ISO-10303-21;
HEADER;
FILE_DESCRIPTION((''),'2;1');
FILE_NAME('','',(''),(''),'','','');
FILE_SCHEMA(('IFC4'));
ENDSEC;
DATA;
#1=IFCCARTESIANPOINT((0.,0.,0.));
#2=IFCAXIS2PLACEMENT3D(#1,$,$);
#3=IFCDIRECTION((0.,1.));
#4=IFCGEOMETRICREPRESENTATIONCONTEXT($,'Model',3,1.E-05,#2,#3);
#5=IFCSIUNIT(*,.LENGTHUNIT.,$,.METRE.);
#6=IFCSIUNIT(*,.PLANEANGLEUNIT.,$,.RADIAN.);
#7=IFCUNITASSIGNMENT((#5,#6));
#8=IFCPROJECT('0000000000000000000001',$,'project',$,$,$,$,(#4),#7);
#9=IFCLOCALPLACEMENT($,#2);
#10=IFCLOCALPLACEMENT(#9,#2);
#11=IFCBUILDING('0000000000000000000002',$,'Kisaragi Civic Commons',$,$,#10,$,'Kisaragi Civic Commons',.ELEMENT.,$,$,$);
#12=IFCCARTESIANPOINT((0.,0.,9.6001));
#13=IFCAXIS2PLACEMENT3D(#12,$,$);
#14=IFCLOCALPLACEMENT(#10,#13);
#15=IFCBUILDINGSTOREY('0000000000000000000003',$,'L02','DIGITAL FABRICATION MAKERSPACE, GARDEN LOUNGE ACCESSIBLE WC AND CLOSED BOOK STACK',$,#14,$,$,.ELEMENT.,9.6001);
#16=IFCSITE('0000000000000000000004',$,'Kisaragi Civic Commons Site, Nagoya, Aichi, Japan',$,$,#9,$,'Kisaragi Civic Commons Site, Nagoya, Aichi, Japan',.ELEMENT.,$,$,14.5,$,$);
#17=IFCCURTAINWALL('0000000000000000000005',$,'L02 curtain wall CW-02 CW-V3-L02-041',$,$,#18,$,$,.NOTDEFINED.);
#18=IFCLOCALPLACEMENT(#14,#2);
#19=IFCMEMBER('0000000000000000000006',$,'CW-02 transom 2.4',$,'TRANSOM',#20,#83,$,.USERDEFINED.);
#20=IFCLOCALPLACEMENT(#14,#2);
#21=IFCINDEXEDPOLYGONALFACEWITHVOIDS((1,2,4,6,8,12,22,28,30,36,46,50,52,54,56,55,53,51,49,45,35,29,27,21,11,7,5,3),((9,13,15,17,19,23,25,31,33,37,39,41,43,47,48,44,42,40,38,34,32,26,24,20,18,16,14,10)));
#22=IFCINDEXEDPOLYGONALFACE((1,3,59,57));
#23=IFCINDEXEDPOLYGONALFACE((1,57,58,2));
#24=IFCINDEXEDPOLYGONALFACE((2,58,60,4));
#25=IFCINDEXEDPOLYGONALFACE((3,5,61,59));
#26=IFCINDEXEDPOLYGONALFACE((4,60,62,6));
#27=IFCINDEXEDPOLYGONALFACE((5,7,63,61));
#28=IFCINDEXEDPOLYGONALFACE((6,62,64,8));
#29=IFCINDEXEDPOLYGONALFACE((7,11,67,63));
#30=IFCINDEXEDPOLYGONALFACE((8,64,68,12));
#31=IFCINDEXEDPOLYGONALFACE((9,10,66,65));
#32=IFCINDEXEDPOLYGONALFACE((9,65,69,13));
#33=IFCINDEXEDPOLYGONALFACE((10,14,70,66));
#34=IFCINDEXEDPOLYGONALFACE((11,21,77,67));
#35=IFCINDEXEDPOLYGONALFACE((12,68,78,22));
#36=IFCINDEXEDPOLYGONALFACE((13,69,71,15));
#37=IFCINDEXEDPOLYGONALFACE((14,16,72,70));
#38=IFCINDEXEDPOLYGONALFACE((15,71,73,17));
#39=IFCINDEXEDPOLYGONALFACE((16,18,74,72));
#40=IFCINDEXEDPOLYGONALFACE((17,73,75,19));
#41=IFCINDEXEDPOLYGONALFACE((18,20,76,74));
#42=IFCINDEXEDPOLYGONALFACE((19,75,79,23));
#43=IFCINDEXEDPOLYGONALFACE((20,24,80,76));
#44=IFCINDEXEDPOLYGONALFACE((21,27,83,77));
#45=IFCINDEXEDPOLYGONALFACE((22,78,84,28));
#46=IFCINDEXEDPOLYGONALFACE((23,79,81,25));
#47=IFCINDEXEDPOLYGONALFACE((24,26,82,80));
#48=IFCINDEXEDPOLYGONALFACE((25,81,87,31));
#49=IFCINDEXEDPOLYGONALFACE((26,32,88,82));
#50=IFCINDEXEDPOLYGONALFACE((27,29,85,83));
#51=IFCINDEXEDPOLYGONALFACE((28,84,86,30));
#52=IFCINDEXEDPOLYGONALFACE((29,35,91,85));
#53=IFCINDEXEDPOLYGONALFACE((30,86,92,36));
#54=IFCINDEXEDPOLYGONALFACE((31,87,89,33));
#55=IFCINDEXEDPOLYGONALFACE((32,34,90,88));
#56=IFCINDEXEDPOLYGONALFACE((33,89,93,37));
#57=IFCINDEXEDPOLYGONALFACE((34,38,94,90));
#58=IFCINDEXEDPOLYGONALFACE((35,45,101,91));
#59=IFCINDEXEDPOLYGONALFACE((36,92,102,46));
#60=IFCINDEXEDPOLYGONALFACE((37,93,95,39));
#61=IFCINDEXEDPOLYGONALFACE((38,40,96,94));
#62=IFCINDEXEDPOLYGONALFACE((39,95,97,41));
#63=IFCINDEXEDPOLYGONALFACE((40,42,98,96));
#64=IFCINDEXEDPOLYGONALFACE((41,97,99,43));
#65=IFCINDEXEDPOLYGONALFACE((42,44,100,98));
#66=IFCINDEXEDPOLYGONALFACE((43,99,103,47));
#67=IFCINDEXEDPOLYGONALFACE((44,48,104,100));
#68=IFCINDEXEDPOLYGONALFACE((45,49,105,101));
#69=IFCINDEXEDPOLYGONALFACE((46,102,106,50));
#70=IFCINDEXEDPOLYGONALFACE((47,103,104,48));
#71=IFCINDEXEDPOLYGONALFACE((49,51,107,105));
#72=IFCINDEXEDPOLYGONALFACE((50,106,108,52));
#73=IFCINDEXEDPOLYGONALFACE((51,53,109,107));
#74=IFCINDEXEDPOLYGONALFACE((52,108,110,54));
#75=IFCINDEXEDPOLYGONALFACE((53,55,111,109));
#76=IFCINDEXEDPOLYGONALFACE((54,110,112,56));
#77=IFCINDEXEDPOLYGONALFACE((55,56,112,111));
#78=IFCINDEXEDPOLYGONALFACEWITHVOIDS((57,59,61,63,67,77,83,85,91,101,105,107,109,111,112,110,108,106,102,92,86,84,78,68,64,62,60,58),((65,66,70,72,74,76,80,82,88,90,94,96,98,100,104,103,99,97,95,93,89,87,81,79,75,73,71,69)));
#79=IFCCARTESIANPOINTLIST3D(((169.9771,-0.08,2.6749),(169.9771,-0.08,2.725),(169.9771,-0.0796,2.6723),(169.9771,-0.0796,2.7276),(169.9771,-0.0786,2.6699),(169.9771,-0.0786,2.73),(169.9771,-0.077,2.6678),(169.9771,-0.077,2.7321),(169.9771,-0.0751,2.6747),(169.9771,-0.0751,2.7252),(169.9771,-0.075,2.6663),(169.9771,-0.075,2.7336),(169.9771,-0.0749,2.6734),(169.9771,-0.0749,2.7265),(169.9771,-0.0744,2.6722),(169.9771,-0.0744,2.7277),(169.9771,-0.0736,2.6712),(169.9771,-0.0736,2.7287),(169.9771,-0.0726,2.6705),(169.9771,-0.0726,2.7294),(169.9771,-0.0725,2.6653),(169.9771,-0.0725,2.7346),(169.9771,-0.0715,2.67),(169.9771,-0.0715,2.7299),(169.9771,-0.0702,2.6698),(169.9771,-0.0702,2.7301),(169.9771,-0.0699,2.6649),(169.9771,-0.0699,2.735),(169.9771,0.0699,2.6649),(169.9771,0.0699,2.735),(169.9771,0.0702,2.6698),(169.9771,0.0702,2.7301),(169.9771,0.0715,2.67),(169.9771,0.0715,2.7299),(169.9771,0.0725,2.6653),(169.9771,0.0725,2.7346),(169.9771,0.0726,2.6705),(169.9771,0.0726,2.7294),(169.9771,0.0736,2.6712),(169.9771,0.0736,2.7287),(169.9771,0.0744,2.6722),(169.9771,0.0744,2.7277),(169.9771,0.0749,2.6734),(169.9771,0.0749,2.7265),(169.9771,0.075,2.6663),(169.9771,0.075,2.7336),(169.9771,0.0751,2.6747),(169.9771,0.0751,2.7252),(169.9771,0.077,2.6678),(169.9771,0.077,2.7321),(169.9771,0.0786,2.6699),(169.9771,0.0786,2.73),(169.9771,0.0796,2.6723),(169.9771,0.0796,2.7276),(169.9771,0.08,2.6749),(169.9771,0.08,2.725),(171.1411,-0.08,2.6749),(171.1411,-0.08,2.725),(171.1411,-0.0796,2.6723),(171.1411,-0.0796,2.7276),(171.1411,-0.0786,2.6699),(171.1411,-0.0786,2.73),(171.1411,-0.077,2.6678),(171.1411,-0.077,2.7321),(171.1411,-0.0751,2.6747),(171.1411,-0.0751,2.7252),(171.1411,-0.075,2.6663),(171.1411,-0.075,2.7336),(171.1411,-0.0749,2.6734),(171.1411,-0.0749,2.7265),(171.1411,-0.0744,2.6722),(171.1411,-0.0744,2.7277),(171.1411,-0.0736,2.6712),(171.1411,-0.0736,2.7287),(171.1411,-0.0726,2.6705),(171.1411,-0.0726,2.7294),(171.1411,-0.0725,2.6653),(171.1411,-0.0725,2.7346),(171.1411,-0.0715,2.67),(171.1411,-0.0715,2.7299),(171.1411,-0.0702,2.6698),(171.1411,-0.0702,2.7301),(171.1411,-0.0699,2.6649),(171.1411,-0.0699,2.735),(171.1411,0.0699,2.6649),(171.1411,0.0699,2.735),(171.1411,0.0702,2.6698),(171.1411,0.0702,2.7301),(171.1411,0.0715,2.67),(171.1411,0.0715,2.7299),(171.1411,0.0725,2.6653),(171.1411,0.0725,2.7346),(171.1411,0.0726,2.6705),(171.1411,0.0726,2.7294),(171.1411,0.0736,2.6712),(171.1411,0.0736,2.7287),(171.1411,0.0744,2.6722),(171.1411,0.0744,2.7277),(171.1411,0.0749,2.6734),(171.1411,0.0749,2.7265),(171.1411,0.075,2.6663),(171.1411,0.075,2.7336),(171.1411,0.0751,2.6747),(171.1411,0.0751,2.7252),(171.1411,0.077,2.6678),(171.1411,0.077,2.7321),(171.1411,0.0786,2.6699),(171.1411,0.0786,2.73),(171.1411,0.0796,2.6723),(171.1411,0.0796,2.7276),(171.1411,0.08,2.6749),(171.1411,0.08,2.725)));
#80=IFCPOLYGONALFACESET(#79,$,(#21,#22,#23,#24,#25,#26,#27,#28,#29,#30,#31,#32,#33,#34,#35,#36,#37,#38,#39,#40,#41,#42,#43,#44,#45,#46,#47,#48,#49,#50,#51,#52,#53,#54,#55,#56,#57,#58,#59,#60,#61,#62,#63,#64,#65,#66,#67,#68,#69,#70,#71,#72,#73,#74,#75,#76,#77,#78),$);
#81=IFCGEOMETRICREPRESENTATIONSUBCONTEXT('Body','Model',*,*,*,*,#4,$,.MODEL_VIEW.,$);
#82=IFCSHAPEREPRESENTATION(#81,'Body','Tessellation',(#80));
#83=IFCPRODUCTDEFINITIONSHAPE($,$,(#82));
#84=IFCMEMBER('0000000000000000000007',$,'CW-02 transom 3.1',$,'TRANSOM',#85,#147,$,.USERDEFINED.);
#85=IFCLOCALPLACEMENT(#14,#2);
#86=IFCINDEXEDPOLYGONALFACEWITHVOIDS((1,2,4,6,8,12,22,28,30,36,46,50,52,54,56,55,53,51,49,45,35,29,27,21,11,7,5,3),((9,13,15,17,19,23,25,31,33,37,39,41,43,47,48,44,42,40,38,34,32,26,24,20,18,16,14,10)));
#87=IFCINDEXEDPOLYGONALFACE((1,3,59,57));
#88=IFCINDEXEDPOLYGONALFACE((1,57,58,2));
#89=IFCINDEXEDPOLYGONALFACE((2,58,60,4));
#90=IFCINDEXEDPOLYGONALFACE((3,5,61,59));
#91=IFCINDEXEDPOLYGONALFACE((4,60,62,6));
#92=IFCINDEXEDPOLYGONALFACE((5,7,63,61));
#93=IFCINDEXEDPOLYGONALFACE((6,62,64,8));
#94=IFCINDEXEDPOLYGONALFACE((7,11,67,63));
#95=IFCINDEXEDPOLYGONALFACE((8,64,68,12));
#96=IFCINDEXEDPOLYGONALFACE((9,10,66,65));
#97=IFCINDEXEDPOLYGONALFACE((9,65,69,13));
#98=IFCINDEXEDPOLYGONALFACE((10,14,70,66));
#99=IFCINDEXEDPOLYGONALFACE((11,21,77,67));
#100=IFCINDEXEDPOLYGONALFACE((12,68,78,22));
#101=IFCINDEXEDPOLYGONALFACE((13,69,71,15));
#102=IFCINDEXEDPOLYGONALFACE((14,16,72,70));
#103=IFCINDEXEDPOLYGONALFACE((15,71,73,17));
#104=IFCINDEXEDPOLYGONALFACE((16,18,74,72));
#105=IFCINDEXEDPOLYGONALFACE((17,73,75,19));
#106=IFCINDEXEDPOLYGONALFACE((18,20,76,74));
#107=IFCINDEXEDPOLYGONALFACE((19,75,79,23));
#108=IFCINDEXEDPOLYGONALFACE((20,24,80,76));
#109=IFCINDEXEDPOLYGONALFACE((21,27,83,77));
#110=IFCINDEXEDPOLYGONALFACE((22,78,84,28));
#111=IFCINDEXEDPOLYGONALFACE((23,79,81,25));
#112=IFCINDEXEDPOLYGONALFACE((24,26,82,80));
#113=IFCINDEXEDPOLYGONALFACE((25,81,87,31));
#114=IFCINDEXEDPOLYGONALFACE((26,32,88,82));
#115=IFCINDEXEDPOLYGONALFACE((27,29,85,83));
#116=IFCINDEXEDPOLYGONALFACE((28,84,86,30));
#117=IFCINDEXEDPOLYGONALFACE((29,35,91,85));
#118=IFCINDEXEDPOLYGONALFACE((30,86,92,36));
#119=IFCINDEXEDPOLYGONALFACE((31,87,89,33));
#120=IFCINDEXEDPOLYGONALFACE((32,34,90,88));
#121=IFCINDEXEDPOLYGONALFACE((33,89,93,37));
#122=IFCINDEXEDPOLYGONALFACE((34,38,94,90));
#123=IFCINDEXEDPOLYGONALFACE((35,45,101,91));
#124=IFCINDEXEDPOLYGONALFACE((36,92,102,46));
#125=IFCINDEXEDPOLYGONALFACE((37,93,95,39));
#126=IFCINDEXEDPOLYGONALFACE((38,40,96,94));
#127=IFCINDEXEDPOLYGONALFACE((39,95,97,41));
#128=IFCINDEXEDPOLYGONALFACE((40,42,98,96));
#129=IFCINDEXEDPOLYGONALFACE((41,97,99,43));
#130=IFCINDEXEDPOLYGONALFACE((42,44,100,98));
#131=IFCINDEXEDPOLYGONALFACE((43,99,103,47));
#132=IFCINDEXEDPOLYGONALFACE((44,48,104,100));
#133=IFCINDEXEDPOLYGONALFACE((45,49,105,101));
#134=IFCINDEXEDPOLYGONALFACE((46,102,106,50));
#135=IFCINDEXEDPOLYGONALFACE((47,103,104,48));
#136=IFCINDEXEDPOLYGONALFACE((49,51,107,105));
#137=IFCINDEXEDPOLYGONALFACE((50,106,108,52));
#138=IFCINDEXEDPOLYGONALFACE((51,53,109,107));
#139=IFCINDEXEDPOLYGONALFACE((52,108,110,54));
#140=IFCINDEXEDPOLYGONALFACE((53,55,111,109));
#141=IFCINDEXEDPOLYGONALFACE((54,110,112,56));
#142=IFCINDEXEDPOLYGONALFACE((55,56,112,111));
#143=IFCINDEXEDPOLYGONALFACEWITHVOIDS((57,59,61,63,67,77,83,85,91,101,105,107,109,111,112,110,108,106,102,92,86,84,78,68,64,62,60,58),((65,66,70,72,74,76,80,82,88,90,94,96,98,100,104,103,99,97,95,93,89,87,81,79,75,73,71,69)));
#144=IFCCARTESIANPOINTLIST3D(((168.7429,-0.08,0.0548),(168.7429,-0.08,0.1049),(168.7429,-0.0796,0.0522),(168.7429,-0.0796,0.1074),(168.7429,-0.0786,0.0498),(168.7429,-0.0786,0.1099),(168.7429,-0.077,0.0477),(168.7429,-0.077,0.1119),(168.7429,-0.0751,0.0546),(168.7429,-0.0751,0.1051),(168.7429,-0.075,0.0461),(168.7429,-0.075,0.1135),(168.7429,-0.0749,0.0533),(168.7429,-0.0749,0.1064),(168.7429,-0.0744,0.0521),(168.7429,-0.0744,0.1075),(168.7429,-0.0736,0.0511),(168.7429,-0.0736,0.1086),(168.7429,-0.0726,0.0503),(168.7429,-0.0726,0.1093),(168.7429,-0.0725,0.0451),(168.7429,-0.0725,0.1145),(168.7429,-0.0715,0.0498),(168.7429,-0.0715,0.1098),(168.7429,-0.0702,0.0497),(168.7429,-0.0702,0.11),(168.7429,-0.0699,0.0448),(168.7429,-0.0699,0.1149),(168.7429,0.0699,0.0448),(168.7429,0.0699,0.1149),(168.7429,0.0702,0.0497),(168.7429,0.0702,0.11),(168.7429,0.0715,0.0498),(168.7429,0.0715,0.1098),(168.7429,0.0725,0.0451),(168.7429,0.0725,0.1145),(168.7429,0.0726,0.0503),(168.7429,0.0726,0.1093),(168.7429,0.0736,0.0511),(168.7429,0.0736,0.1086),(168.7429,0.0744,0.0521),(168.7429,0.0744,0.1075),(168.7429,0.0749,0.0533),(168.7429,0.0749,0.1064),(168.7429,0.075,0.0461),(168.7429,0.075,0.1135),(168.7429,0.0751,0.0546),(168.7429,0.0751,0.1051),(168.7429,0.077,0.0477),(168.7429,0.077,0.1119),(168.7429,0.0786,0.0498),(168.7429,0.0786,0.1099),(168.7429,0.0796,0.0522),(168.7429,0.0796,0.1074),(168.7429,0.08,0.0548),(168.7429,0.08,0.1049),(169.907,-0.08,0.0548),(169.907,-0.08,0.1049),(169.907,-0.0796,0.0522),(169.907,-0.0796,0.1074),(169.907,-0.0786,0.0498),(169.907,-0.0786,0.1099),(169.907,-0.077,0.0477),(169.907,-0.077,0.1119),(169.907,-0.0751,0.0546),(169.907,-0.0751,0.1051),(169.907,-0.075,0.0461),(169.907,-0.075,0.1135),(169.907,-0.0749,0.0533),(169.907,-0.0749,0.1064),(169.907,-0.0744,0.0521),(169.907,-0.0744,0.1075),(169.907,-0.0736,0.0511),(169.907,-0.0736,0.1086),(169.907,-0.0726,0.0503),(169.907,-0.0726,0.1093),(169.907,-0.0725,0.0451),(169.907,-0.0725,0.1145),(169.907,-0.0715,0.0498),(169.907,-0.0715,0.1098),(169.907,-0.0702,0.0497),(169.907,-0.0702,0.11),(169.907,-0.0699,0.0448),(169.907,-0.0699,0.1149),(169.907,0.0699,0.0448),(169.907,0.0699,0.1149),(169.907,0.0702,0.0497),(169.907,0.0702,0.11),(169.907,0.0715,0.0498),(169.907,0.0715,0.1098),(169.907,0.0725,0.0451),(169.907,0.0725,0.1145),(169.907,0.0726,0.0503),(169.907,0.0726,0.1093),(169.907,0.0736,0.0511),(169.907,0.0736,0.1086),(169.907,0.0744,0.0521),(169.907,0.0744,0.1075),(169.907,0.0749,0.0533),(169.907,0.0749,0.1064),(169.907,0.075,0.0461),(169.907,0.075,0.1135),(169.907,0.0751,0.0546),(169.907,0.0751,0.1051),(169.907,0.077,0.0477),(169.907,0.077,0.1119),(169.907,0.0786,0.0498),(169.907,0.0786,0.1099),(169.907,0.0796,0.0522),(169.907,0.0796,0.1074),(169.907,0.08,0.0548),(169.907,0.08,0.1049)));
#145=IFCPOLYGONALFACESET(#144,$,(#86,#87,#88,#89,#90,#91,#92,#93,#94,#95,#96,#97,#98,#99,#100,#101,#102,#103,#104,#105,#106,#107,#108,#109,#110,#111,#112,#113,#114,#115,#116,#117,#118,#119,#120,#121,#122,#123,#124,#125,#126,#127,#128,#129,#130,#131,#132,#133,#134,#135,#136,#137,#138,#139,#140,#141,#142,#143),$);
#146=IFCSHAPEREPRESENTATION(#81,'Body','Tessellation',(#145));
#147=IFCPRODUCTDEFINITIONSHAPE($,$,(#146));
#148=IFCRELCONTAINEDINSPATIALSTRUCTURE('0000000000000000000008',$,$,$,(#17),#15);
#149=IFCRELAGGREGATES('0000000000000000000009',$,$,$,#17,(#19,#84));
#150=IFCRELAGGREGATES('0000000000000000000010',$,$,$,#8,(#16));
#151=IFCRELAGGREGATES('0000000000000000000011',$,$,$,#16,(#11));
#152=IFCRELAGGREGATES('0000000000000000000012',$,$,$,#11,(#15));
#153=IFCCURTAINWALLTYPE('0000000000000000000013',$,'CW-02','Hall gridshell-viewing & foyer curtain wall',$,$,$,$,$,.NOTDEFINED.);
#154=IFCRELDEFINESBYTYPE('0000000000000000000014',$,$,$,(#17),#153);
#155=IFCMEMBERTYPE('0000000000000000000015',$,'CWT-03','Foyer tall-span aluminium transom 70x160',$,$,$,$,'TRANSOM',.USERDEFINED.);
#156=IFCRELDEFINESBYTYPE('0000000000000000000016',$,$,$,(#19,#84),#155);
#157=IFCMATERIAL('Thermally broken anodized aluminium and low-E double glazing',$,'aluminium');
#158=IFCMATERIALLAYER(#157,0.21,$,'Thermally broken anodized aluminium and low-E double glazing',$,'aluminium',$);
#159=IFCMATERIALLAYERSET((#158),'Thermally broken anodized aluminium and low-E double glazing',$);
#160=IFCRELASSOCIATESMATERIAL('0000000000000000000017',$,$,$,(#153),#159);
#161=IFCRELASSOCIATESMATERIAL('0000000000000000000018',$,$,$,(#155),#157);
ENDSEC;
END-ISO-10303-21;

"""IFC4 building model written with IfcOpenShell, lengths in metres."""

from ifc_helpers import new_model, si_unit, direction, frame, origin, origin_2d, place, context, subcontext, project, spatial, hollow_rectangle, extrude, material, layer, layer_set, material_profile, profile_set, type_object, element, aggregate, save


model = new_model("IFC4")

# Units and contexts
model_context = context("Model", 3, precision=1e-05, world=origin(), true_north=direction((0.0, 1.0)))
body_context = subcontext(model_context, "Body", "Model", "MODEL_VIEW")
ifc_project = project(units=[si_unit("LENGTHUNIT", "METRE"), si_unit("PLANEANGLEUNIT", "RADIAN")], contexts=[model_context])

# Site, building, storey
site_placement = place(None, origin())
site = spatial("IfcSite", under=ifc_project, at=site_placement, Name="Kisaragi Civic Commons Site, Nagoya, Aichi, Japan", LongName="Kisaragi Civic Commons Site, Nagoya, Aichi, Japan", CompositionType="ELEMENT", RefElevation=14.5)
building_placement = place(site_placement, origin())
building = spatial("IfcBuilding", under=site, at=building_placement, Name="Kisaragi Civic Commons", LongName="Kisaragi Civic Commons", CompositionType="ELEMENT")
storey_placement = place(building_placement, frame((0.0, 0.0, 9.6001)))
storey = spatial("IfcBuildingStorey", under=building, at=storey_placement, Name="L02", Description="DIGITAL FABRICATION MAKERSPACE, GARDEN LOUNGE ACCESSIBLE WC AND CLOSED BOOK STACK", CompositionType="ELEMENT", Elevation=9.6001)

# Curtain wall, members
ifc_material_1 = material(Name="Thermally broken anodized aluminium and low-E double glazing", Category="aluminium")
ifc_layer_1 = layer(ifc_material_1, 0.21, Name="Thermally broken anodized aluminium and low-E double glazing", Category="aluminium")
ifc_layer_set_1 = layer_set([ifc_layer_1], Name="Thermally broken anodized aluminium and low-E double glazing")
curtain_wall_type = type_object("IfcCurtainWallType", Name="CW-02", Description="Hall gridshell-viewing & foyer curtain wall", PredefinedType="NOTDEFINED", material=ifc_layer_set_1)
curtain_wall_placement = place(storey_placement, origin())
curtain_wall = element("IfcCurtainWall", 1, at=curtain_wall_placement, inside=storey, type_object=curtain_wall_type, Name="L02 curtain wall CW-02 CW-V3-L02-041", PredefinedType="NOTDEFINED")
ifc_material_profile_1 = material_profile(ifc_material_1, hollow_rectangle(XDim=0.1599, YDim=0.0701, WallThickness=0.0049, InnerFilletRadius=0.0049, OuterFilletRadius=0.01, at=origin_2d()), Name="CWT-70x160x5", Category="aluminium")
ifc_profile_set_1 = profile_set([ifc_material_profile_1], Name="Thermally broken anodized aluminium and low-E double glazing")
member_type_1 = type_object("IfcMemberType", Name="CWT-03", Description="Foyer tall-span aluminium transom 70x160", ElementType="TRANSOM", PredefinedType="USERDEFINED", material=ifc_profile_set_1)
member_1_placement = place(storey_placement, frame((171.1411, 0.0, 2.7), z_axis=(-1.0, 0.0, 0.0), x_axis=(0.0, -1.0, 0.0)))
member_1 = element("IfcMember", 2, at=member_1_placement, type_object=member_type_1, Name="CW-02 transom 2.4", ObjectType="TRANSOM", PredefinedType="USERDEFINED", context=body_context, shape_type="SweptSolid", body=[
    extrude(hollow_rectangle(XDim=0.1599, YDim=0.0701, WallThickness=0.0049, InnerFilletRadius=0.0049, OuterFilletRadius=0.01, at=origin_2d()), origin(), (0.0, 0.0, 1.0), 1.1641),
])
member_2_placement = place(storey_placement, frame((169.907, 0.0, 0.0798), z_axis=(-1.0, 0.0, 0.0), x_axis=(0.0, -1.0, 0.0)))
member_2 = element("IfcMember", 3, at=member_2_placement, type_object=member_type_1, Name="CW-02 transom 3.1", ObjectType="TRANSOM", PredefinedType="USERDEFINED", context=body_context, shape_type="SweptSolid", body=[
    extrude(hollow_rectangle(XDim=0.1599, YDim=0.0701, WallThickness=0.0049, InnerFilletRadius=0.0049, OuterFilletRadius=0.01, at=origin_2d()), origin(), (0.0, 0.0, 1.0), 1.1641),
])
aggregate(curtain_wall, [member_1, member_2])

save(model, "model.ifc")
